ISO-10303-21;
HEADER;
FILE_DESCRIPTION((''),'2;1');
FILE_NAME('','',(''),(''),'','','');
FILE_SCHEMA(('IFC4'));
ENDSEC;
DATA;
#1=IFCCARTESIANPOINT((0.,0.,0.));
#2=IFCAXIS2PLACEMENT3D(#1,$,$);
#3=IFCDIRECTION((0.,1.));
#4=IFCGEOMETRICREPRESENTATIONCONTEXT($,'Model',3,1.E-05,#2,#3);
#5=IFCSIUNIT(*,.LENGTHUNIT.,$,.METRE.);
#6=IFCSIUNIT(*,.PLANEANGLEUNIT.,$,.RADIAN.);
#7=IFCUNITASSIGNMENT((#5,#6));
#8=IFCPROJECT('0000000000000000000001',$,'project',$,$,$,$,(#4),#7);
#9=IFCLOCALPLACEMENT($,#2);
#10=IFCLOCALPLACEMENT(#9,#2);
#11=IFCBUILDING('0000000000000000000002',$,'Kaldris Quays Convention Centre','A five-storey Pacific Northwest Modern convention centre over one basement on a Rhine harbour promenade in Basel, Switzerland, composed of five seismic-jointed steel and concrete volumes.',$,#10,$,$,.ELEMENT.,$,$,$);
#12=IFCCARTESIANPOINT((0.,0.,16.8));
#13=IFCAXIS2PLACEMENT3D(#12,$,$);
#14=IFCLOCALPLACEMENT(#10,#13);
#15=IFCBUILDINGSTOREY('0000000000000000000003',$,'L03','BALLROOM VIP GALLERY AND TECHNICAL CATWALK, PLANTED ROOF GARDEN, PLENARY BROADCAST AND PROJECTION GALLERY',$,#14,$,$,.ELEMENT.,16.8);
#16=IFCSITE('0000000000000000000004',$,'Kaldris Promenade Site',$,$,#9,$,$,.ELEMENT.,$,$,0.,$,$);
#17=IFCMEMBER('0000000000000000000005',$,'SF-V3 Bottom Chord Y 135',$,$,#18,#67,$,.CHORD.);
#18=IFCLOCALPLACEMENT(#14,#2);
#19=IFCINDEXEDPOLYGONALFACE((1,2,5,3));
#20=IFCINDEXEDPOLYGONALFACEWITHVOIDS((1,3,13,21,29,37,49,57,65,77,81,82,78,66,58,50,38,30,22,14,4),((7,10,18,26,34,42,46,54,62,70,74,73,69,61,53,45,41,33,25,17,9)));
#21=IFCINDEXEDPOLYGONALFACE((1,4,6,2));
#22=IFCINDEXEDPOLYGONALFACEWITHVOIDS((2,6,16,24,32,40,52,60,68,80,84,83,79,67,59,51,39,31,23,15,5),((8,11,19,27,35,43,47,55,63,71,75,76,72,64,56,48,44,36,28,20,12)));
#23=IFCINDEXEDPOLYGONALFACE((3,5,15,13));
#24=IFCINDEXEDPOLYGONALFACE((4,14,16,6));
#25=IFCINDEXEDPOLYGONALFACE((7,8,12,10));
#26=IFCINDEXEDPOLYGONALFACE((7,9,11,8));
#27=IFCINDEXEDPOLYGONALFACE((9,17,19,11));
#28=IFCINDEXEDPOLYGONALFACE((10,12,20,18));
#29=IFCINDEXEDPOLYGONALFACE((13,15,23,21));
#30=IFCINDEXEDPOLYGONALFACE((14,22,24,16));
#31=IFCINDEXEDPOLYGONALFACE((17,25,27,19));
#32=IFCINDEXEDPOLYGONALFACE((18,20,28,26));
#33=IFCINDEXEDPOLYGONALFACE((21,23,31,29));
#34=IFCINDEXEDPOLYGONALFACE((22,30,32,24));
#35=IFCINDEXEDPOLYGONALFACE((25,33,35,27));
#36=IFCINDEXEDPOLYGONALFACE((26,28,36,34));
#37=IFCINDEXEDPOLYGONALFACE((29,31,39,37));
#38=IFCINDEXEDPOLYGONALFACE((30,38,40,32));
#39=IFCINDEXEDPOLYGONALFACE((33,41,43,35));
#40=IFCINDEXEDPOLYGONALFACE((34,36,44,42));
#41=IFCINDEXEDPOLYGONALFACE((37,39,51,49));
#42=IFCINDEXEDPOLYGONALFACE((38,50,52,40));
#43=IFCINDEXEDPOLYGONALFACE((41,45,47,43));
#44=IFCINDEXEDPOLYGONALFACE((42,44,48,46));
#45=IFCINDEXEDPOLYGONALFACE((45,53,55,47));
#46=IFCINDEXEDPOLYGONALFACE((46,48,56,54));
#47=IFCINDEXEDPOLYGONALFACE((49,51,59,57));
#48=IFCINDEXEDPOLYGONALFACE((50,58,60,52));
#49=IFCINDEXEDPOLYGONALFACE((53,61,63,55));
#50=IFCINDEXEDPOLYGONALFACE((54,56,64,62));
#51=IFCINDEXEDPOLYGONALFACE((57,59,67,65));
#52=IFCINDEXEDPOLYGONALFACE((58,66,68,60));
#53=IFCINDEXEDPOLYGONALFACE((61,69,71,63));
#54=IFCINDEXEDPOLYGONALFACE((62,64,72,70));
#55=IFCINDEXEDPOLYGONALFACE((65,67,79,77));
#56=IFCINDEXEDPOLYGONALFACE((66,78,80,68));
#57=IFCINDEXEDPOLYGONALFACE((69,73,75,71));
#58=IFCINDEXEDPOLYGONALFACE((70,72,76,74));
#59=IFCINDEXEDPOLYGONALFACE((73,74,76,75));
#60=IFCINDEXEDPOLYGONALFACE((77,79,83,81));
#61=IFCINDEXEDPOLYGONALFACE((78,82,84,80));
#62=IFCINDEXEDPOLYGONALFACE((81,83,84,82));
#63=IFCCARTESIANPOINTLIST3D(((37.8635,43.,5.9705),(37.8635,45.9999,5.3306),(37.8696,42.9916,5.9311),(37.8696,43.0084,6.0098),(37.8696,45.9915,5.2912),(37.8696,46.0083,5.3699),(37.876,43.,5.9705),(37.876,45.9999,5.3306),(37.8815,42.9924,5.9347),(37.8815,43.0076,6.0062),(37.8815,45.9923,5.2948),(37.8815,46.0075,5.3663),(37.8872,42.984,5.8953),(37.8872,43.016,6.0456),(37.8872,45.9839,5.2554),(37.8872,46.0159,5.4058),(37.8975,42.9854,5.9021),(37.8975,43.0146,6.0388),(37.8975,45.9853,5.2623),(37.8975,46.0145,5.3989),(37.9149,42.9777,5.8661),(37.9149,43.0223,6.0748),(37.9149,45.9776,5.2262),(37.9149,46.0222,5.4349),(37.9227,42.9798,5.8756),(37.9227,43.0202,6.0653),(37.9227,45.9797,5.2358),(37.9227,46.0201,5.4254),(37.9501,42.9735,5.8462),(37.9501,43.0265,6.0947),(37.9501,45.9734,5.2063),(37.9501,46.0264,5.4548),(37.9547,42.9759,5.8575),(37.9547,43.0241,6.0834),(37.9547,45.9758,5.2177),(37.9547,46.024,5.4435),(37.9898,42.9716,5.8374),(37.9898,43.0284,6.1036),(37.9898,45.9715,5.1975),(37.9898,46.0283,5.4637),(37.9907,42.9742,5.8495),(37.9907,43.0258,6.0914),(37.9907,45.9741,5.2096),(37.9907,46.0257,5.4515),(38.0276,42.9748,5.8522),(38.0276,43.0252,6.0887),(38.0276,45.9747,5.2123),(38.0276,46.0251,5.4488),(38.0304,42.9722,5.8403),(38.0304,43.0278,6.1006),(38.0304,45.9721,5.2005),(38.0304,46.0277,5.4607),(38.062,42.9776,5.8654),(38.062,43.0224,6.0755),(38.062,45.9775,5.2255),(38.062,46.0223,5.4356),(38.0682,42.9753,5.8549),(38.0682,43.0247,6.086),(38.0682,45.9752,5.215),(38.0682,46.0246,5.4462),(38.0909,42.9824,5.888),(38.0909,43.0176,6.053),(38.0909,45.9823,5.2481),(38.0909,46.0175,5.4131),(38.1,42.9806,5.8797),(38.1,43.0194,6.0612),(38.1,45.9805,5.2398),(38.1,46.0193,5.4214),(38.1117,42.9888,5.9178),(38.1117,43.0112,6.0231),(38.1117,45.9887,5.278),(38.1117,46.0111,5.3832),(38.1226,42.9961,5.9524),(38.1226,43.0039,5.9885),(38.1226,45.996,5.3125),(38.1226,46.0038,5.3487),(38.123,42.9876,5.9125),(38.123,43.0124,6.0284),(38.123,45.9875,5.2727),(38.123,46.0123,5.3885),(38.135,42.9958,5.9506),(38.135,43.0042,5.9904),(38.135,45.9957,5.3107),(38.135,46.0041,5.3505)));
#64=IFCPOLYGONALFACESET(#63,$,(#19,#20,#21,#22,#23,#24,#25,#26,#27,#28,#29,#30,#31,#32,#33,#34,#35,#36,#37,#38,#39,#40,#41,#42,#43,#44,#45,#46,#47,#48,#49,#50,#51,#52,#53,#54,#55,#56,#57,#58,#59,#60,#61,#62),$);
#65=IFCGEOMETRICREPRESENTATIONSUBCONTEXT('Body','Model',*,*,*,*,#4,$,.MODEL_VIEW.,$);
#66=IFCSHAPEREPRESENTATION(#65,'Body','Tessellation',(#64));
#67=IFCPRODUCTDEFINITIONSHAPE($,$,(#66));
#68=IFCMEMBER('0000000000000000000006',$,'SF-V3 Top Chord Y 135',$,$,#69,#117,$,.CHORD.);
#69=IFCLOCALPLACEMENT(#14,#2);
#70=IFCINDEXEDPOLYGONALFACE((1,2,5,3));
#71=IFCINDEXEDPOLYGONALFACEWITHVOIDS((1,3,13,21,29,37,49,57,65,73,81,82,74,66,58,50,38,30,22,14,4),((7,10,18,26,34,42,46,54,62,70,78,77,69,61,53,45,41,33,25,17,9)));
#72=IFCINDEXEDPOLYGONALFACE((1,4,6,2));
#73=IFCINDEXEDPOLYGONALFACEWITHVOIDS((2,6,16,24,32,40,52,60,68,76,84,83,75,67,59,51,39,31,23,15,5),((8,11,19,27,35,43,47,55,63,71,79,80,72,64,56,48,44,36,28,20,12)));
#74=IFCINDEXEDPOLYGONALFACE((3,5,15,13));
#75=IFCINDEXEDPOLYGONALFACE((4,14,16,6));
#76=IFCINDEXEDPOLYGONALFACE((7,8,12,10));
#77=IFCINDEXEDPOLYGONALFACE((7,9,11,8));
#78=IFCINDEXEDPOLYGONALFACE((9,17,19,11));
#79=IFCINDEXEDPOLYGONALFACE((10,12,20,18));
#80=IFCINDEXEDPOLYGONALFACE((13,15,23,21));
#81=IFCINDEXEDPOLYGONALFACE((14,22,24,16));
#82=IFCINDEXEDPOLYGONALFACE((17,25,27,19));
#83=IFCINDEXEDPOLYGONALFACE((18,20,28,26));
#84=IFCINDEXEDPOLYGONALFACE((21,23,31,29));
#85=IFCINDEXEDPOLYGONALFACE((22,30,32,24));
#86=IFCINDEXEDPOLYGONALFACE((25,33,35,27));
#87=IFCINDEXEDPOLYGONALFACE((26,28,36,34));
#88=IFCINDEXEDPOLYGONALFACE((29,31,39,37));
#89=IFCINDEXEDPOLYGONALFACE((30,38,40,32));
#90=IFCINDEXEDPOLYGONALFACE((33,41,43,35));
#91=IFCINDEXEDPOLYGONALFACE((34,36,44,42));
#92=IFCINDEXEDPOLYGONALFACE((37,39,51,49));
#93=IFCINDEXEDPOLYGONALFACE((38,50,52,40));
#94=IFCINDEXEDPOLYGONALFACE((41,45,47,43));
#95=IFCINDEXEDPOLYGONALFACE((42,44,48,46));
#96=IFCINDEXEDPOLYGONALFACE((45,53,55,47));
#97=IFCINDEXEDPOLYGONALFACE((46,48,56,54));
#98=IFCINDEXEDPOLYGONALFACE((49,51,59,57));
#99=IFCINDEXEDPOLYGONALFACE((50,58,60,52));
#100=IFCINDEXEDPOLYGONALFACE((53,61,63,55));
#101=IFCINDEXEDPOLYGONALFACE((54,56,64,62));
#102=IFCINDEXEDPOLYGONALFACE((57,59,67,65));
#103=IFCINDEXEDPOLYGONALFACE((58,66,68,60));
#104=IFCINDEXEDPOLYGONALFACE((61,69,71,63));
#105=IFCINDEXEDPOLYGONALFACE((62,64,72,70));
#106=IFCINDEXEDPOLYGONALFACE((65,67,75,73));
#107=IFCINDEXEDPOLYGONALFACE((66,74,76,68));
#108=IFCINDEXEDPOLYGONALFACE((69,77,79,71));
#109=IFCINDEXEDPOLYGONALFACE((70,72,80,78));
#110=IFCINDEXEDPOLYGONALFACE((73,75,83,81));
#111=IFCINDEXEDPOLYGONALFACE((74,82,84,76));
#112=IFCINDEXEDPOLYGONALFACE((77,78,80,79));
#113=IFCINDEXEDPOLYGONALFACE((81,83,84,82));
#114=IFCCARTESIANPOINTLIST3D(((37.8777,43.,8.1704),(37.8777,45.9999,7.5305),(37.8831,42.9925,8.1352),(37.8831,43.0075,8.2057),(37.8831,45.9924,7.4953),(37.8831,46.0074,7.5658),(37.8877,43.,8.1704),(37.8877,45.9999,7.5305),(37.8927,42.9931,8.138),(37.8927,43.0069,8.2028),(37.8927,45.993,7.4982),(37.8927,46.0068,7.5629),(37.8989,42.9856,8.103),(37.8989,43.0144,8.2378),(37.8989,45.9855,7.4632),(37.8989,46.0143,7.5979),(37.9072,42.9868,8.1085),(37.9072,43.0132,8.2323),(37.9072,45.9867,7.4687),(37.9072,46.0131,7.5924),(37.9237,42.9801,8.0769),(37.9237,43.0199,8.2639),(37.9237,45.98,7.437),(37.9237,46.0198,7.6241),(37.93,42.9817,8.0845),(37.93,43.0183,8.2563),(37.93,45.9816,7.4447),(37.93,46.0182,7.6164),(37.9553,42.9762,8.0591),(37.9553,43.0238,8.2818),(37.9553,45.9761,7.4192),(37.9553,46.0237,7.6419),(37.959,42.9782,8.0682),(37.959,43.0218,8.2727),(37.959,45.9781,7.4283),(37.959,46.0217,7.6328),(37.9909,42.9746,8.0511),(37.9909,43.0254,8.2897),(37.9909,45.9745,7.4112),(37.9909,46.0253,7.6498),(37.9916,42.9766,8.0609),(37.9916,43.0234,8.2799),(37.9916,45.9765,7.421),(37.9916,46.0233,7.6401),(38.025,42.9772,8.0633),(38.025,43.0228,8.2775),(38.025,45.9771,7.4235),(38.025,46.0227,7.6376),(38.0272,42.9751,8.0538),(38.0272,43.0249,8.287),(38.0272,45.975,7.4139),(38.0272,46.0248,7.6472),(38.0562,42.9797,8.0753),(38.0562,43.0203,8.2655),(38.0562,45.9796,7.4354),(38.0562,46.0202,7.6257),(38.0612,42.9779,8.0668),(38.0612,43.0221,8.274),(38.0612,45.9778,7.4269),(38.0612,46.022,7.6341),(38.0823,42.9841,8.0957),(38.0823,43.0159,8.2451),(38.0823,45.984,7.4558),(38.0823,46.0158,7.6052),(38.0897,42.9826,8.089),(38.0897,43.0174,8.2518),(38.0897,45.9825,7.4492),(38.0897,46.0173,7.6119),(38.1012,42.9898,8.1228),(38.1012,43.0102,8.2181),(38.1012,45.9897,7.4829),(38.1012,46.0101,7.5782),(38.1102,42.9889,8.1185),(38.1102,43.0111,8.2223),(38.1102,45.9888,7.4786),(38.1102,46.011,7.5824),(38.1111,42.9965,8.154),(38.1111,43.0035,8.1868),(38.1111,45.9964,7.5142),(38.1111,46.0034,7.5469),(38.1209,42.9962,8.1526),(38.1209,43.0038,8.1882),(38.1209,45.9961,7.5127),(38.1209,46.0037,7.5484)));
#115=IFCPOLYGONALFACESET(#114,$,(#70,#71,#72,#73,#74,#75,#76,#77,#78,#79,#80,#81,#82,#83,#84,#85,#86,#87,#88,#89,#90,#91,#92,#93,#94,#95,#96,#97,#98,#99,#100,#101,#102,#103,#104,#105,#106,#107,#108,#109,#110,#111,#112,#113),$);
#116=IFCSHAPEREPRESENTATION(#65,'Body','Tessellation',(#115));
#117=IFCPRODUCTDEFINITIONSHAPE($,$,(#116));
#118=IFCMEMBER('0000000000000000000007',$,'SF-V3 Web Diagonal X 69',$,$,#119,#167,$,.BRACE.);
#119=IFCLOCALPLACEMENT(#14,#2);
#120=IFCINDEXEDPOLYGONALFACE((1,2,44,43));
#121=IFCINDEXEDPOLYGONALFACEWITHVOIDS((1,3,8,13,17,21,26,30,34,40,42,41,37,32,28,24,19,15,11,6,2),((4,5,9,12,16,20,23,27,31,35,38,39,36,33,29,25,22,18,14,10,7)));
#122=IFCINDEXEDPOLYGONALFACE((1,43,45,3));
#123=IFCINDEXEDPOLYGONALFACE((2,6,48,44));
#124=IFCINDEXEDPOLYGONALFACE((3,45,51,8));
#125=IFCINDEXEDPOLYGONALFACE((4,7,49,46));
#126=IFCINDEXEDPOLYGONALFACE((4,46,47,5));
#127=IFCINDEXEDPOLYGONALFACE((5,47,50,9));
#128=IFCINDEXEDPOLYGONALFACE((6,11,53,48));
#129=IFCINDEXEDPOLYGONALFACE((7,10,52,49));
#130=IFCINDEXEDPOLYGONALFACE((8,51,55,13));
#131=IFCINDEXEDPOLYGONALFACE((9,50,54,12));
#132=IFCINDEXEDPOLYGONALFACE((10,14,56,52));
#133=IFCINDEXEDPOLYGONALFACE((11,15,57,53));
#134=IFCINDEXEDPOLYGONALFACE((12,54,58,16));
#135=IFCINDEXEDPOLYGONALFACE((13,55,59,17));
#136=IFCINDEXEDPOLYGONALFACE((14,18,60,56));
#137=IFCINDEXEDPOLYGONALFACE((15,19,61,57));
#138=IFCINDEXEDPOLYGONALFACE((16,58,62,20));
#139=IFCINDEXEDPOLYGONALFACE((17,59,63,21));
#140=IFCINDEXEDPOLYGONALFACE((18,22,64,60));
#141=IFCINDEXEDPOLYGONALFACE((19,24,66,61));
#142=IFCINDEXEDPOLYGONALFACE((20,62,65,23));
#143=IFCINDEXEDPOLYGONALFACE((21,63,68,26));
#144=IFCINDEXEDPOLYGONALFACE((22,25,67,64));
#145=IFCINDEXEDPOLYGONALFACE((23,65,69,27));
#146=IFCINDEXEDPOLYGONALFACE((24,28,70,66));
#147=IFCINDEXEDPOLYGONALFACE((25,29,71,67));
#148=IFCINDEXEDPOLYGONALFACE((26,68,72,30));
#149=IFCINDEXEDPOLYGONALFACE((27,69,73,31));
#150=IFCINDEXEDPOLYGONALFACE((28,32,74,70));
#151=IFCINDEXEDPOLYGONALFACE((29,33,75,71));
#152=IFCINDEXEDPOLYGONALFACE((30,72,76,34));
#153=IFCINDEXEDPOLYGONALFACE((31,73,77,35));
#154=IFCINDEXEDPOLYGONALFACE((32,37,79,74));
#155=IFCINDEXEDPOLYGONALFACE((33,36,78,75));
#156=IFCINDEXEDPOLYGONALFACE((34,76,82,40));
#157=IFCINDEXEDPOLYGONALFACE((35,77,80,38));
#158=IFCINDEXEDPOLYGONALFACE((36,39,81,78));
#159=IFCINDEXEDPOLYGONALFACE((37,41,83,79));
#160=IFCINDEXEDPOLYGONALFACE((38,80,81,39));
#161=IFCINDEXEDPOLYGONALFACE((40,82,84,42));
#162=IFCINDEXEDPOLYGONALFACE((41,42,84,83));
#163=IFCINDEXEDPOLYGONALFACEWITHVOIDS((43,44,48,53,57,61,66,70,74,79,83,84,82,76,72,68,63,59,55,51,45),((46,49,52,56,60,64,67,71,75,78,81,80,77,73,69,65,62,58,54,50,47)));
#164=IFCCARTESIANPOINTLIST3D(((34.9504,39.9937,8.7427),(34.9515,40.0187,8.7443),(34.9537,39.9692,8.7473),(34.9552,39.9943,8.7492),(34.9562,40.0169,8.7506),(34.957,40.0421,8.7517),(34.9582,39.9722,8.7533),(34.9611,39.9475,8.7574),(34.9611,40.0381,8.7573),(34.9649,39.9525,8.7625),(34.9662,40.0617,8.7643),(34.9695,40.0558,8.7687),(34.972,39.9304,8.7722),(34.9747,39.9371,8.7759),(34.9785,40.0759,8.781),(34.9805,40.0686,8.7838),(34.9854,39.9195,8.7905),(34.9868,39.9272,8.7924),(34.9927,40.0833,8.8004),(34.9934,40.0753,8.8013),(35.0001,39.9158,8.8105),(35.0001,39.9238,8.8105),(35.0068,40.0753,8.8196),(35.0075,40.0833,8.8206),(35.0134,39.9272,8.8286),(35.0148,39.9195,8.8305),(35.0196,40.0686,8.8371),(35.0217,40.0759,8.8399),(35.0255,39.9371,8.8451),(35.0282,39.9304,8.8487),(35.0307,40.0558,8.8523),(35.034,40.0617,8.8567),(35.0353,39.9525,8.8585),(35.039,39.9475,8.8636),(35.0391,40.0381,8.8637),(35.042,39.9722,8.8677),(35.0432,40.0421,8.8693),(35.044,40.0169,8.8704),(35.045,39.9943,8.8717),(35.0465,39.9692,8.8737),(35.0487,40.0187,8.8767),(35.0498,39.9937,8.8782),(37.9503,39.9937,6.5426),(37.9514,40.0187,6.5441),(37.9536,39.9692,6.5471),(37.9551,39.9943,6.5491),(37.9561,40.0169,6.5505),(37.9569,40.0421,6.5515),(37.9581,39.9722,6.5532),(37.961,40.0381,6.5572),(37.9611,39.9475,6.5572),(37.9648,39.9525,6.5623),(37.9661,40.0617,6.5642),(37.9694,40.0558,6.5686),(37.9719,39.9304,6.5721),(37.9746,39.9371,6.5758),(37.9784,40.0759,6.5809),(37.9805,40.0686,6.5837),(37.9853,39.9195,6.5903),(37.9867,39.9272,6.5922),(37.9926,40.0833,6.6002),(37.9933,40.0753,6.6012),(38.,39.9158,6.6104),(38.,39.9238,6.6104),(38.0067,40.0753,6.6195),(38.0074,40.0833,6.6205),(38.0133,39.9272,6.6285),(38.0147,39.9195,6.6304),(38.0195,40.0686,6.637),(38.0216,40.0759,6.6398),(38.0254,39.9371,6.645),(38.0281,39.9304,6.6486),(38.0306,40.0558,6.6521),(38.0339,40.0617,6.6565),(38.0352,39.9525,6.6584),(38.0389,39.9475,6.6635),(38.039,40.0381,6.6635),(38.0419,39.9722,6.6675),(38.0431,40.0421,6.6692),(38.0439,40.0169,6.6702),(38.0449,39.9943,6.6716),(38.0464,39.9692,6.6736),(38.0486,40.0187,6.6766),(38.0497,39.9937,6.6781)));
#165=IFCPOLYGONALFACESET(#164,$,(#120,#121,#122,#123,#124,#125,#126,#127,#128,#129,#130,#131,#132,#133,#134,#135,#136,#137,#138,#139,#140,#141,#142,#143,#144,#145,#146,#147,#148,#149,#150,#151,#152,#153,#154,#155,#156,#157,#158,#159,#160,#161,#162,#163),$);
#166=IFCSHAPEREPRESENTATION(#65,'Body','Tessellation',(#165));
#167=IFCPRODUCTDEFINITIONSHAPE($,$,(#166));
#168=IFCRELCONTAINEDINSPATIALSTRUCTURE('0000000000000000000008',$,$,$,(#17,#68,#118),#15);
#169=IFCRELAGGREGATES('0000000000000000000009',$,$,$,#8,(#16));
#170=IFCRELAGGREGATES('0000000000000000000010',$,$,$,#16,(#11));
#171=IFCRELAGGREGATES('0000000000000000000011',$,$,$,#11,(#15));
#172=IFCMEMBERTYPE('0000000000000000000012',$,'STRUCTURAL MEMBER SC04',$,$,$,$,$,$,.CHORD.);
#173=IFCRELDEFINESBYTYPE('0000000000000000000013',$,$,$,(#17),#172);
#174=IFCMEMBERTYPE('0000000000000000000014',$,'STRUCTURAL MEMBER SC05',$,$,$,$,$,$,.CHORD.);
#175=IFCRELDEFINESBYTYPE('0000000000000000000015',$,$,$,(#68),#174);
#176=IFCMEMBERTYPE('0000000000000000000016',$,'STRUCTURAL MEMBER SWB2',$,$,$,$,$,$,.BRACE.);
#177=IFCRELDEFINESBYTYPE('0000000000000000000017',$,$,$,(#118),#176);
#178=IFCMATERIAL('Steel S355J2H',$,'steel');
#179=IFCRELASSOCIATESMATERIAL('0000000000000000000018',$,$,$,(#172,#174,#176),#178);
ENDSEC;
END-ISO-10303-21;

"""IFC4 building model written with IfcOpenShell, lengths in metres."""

from ifc_helpers import new_model, si_unit, direction, frame, origin, origin_2d, place, context, subcontext, project, spatial, hollow_circle, extrude, material, material_profile, profile_set, type_object, element, save


model = new_model("IFC4")

# Units and contexts
model_context = context("Model", 3, precision=1e-05, world=origin(), true_north=direction((0.0, 1.0)))
body_context = subcontext(model_context, "Body", "Model", "MODEL_VIEW")
ifc_project = project(units=[si_unit("LENGTHUNIT", "METRE"), si_unit("PLANEANGLEUNIT", "RADIAN")], contexts=[model_context])

# Site, building, storey
site_placement = place(None, origin())
site = spatial("IfcSite", under=ifc_project, at=site_placement, Name="Kaldris Promenade Site", CompositionType="ELEMENT", RefElevation=0.0)
building_placement = place(site_placement, origin())
building = spatial("IfcBuilding", under=site, at=building_placement, Name="Kaldris Quays Convention Centre", Description="A five-storey Pacific Northwest Modern convention centre over one basement on a Rhine harbour promenade in Basel, Switzerland, composed of five seismic-jointed steel and concrete volumes.", CompositionType="ELEMENT")
storey_placement = place(building_placement, frame((0.0, 0.0, 16.8)))
storey = spatial("IfcBuildingStorey", under=building, at=storey_placement, Name="L03", Description="BALLROOM VIP GALLERY AND TECHNICAL CATWALK, PLANTED ROOF GARDEN, PLENARY BROADCAST AND PROJECTION GALLERY", CompositionType="ELEMENT", Elevation=16.8)

# Members
ifc_material_1 = material(Name="Steel S355J2H", Category="steel")
ifc_material_profile_1 = material_profile(ifc_material_1, hollow_circle(Radius=0.1365, WallThickness=0.0125, at=origin_2d()), Name="CHS 273x12.5")
ifc_profile_set_1 = profile_set([ifc_material_profile_1], Name="Steel S355J2H")
member_type_1 = type_object("IfcMemberType", Name="STRUCTURAL MEMBER SC04", PredefinedType="CHORD", material=ifc_profile_set_1)
for number, where, z_axis, x_axis, name in (
    (1, (38.0, 43.0, 5.9705), (0.0, 0.978, -0.208605), (-1.0, 0.0, 0.0), "SF-V3 Bottom Chord Y 135"),
):
    element("IfcMember", number, at=place(storey_placement, frame(where, z_axis=z_axis, x_axis=x_axis)), inside=storey, type_object=member_type_1, Name=name, PredefinedType="CHORD", context=body_context, shape_type="SweptSolid", body=[
        extrude(hollow_circle(Radius=0.1365, WallThickness=0.0125, at=origin_2d()), origin(), (0.0, 0.0, 1.0), 3.0674),
    ])
ifc_material_profile_2 = material_profile(ifc_material_1, hollow_circle(Radius=0.1223, WallThickness=0.01, at=origin_2d()), Name="CHS 244.5x10")
ifc_profile_set_2 = profile_set([ifc_material_profile_2], Name="Steel S355J2H")
member_type_2 = type_object("IfcMemberType", Name="STRUCTURAL MEMBER SC05", PredefinedType="CHORD", material=ifc_profile_set_2)
member_1_placement = place(storey_placement, frame((38.0, 43.0, 8.1704), z_axis=(0.0, 0.978, -0.208605), x_axis=(-1.0, 0.0, 0.0)))
element("IfcMember", 2, at=member_1_placement, inside=storey, type_object=member_type_2, Name="SF-V3 Top Chord Y 135", PredefinedType="CHORD", context=body_context, shape_type="SweptSolid", body=[
    extrude(hollow_circle(Radius=0.1223, WallThickness=0.01, at=origin_2d()), origin(), (0.0, 0.0, 1.0), 3.0674),
])
ifc_material_profile_3 = material_profile(ifc_material_1, hollow_circle(Radius=0.0842, WallThickness=0.0081, at=origin_2d()), Name="CHS 168.3x8")
ifc_profile_set_3 = profile_set([ifc_material_profile_3], Name="Steel S355J2H")
member_type_3 = type_object("IfcMemberType", Name="STRUCTURAL MEMBER SWB2", PredefinedType="BRACE", material=ifc_profile_set_3)
for number, where, z_axis, x_axis, name in (
    (3, (38.0, 40.0, 6.6104), (-0.80638, 0.0, 0.591398), (0.0, -1.0, 0.0), "SF-V3 Web Diagonal X 69"),
):
    element("IfcMember", number, at=place(storey_placement, frame(where, z_axis=z_axis, x_axis=x_axis)), inside=storey, type_object=member_type_3, Name=name, PredefinedType="BRACE", context=body_context, shape_type="SweptSolid", body=[
        extrude(hollow_circle(Radius=0.0842, WallThickness=0.0081, at=origin_2d()), origin(), (0.0, 0.0, 1.0), 3.7202),
    ])

save(model, "model.ifc")
